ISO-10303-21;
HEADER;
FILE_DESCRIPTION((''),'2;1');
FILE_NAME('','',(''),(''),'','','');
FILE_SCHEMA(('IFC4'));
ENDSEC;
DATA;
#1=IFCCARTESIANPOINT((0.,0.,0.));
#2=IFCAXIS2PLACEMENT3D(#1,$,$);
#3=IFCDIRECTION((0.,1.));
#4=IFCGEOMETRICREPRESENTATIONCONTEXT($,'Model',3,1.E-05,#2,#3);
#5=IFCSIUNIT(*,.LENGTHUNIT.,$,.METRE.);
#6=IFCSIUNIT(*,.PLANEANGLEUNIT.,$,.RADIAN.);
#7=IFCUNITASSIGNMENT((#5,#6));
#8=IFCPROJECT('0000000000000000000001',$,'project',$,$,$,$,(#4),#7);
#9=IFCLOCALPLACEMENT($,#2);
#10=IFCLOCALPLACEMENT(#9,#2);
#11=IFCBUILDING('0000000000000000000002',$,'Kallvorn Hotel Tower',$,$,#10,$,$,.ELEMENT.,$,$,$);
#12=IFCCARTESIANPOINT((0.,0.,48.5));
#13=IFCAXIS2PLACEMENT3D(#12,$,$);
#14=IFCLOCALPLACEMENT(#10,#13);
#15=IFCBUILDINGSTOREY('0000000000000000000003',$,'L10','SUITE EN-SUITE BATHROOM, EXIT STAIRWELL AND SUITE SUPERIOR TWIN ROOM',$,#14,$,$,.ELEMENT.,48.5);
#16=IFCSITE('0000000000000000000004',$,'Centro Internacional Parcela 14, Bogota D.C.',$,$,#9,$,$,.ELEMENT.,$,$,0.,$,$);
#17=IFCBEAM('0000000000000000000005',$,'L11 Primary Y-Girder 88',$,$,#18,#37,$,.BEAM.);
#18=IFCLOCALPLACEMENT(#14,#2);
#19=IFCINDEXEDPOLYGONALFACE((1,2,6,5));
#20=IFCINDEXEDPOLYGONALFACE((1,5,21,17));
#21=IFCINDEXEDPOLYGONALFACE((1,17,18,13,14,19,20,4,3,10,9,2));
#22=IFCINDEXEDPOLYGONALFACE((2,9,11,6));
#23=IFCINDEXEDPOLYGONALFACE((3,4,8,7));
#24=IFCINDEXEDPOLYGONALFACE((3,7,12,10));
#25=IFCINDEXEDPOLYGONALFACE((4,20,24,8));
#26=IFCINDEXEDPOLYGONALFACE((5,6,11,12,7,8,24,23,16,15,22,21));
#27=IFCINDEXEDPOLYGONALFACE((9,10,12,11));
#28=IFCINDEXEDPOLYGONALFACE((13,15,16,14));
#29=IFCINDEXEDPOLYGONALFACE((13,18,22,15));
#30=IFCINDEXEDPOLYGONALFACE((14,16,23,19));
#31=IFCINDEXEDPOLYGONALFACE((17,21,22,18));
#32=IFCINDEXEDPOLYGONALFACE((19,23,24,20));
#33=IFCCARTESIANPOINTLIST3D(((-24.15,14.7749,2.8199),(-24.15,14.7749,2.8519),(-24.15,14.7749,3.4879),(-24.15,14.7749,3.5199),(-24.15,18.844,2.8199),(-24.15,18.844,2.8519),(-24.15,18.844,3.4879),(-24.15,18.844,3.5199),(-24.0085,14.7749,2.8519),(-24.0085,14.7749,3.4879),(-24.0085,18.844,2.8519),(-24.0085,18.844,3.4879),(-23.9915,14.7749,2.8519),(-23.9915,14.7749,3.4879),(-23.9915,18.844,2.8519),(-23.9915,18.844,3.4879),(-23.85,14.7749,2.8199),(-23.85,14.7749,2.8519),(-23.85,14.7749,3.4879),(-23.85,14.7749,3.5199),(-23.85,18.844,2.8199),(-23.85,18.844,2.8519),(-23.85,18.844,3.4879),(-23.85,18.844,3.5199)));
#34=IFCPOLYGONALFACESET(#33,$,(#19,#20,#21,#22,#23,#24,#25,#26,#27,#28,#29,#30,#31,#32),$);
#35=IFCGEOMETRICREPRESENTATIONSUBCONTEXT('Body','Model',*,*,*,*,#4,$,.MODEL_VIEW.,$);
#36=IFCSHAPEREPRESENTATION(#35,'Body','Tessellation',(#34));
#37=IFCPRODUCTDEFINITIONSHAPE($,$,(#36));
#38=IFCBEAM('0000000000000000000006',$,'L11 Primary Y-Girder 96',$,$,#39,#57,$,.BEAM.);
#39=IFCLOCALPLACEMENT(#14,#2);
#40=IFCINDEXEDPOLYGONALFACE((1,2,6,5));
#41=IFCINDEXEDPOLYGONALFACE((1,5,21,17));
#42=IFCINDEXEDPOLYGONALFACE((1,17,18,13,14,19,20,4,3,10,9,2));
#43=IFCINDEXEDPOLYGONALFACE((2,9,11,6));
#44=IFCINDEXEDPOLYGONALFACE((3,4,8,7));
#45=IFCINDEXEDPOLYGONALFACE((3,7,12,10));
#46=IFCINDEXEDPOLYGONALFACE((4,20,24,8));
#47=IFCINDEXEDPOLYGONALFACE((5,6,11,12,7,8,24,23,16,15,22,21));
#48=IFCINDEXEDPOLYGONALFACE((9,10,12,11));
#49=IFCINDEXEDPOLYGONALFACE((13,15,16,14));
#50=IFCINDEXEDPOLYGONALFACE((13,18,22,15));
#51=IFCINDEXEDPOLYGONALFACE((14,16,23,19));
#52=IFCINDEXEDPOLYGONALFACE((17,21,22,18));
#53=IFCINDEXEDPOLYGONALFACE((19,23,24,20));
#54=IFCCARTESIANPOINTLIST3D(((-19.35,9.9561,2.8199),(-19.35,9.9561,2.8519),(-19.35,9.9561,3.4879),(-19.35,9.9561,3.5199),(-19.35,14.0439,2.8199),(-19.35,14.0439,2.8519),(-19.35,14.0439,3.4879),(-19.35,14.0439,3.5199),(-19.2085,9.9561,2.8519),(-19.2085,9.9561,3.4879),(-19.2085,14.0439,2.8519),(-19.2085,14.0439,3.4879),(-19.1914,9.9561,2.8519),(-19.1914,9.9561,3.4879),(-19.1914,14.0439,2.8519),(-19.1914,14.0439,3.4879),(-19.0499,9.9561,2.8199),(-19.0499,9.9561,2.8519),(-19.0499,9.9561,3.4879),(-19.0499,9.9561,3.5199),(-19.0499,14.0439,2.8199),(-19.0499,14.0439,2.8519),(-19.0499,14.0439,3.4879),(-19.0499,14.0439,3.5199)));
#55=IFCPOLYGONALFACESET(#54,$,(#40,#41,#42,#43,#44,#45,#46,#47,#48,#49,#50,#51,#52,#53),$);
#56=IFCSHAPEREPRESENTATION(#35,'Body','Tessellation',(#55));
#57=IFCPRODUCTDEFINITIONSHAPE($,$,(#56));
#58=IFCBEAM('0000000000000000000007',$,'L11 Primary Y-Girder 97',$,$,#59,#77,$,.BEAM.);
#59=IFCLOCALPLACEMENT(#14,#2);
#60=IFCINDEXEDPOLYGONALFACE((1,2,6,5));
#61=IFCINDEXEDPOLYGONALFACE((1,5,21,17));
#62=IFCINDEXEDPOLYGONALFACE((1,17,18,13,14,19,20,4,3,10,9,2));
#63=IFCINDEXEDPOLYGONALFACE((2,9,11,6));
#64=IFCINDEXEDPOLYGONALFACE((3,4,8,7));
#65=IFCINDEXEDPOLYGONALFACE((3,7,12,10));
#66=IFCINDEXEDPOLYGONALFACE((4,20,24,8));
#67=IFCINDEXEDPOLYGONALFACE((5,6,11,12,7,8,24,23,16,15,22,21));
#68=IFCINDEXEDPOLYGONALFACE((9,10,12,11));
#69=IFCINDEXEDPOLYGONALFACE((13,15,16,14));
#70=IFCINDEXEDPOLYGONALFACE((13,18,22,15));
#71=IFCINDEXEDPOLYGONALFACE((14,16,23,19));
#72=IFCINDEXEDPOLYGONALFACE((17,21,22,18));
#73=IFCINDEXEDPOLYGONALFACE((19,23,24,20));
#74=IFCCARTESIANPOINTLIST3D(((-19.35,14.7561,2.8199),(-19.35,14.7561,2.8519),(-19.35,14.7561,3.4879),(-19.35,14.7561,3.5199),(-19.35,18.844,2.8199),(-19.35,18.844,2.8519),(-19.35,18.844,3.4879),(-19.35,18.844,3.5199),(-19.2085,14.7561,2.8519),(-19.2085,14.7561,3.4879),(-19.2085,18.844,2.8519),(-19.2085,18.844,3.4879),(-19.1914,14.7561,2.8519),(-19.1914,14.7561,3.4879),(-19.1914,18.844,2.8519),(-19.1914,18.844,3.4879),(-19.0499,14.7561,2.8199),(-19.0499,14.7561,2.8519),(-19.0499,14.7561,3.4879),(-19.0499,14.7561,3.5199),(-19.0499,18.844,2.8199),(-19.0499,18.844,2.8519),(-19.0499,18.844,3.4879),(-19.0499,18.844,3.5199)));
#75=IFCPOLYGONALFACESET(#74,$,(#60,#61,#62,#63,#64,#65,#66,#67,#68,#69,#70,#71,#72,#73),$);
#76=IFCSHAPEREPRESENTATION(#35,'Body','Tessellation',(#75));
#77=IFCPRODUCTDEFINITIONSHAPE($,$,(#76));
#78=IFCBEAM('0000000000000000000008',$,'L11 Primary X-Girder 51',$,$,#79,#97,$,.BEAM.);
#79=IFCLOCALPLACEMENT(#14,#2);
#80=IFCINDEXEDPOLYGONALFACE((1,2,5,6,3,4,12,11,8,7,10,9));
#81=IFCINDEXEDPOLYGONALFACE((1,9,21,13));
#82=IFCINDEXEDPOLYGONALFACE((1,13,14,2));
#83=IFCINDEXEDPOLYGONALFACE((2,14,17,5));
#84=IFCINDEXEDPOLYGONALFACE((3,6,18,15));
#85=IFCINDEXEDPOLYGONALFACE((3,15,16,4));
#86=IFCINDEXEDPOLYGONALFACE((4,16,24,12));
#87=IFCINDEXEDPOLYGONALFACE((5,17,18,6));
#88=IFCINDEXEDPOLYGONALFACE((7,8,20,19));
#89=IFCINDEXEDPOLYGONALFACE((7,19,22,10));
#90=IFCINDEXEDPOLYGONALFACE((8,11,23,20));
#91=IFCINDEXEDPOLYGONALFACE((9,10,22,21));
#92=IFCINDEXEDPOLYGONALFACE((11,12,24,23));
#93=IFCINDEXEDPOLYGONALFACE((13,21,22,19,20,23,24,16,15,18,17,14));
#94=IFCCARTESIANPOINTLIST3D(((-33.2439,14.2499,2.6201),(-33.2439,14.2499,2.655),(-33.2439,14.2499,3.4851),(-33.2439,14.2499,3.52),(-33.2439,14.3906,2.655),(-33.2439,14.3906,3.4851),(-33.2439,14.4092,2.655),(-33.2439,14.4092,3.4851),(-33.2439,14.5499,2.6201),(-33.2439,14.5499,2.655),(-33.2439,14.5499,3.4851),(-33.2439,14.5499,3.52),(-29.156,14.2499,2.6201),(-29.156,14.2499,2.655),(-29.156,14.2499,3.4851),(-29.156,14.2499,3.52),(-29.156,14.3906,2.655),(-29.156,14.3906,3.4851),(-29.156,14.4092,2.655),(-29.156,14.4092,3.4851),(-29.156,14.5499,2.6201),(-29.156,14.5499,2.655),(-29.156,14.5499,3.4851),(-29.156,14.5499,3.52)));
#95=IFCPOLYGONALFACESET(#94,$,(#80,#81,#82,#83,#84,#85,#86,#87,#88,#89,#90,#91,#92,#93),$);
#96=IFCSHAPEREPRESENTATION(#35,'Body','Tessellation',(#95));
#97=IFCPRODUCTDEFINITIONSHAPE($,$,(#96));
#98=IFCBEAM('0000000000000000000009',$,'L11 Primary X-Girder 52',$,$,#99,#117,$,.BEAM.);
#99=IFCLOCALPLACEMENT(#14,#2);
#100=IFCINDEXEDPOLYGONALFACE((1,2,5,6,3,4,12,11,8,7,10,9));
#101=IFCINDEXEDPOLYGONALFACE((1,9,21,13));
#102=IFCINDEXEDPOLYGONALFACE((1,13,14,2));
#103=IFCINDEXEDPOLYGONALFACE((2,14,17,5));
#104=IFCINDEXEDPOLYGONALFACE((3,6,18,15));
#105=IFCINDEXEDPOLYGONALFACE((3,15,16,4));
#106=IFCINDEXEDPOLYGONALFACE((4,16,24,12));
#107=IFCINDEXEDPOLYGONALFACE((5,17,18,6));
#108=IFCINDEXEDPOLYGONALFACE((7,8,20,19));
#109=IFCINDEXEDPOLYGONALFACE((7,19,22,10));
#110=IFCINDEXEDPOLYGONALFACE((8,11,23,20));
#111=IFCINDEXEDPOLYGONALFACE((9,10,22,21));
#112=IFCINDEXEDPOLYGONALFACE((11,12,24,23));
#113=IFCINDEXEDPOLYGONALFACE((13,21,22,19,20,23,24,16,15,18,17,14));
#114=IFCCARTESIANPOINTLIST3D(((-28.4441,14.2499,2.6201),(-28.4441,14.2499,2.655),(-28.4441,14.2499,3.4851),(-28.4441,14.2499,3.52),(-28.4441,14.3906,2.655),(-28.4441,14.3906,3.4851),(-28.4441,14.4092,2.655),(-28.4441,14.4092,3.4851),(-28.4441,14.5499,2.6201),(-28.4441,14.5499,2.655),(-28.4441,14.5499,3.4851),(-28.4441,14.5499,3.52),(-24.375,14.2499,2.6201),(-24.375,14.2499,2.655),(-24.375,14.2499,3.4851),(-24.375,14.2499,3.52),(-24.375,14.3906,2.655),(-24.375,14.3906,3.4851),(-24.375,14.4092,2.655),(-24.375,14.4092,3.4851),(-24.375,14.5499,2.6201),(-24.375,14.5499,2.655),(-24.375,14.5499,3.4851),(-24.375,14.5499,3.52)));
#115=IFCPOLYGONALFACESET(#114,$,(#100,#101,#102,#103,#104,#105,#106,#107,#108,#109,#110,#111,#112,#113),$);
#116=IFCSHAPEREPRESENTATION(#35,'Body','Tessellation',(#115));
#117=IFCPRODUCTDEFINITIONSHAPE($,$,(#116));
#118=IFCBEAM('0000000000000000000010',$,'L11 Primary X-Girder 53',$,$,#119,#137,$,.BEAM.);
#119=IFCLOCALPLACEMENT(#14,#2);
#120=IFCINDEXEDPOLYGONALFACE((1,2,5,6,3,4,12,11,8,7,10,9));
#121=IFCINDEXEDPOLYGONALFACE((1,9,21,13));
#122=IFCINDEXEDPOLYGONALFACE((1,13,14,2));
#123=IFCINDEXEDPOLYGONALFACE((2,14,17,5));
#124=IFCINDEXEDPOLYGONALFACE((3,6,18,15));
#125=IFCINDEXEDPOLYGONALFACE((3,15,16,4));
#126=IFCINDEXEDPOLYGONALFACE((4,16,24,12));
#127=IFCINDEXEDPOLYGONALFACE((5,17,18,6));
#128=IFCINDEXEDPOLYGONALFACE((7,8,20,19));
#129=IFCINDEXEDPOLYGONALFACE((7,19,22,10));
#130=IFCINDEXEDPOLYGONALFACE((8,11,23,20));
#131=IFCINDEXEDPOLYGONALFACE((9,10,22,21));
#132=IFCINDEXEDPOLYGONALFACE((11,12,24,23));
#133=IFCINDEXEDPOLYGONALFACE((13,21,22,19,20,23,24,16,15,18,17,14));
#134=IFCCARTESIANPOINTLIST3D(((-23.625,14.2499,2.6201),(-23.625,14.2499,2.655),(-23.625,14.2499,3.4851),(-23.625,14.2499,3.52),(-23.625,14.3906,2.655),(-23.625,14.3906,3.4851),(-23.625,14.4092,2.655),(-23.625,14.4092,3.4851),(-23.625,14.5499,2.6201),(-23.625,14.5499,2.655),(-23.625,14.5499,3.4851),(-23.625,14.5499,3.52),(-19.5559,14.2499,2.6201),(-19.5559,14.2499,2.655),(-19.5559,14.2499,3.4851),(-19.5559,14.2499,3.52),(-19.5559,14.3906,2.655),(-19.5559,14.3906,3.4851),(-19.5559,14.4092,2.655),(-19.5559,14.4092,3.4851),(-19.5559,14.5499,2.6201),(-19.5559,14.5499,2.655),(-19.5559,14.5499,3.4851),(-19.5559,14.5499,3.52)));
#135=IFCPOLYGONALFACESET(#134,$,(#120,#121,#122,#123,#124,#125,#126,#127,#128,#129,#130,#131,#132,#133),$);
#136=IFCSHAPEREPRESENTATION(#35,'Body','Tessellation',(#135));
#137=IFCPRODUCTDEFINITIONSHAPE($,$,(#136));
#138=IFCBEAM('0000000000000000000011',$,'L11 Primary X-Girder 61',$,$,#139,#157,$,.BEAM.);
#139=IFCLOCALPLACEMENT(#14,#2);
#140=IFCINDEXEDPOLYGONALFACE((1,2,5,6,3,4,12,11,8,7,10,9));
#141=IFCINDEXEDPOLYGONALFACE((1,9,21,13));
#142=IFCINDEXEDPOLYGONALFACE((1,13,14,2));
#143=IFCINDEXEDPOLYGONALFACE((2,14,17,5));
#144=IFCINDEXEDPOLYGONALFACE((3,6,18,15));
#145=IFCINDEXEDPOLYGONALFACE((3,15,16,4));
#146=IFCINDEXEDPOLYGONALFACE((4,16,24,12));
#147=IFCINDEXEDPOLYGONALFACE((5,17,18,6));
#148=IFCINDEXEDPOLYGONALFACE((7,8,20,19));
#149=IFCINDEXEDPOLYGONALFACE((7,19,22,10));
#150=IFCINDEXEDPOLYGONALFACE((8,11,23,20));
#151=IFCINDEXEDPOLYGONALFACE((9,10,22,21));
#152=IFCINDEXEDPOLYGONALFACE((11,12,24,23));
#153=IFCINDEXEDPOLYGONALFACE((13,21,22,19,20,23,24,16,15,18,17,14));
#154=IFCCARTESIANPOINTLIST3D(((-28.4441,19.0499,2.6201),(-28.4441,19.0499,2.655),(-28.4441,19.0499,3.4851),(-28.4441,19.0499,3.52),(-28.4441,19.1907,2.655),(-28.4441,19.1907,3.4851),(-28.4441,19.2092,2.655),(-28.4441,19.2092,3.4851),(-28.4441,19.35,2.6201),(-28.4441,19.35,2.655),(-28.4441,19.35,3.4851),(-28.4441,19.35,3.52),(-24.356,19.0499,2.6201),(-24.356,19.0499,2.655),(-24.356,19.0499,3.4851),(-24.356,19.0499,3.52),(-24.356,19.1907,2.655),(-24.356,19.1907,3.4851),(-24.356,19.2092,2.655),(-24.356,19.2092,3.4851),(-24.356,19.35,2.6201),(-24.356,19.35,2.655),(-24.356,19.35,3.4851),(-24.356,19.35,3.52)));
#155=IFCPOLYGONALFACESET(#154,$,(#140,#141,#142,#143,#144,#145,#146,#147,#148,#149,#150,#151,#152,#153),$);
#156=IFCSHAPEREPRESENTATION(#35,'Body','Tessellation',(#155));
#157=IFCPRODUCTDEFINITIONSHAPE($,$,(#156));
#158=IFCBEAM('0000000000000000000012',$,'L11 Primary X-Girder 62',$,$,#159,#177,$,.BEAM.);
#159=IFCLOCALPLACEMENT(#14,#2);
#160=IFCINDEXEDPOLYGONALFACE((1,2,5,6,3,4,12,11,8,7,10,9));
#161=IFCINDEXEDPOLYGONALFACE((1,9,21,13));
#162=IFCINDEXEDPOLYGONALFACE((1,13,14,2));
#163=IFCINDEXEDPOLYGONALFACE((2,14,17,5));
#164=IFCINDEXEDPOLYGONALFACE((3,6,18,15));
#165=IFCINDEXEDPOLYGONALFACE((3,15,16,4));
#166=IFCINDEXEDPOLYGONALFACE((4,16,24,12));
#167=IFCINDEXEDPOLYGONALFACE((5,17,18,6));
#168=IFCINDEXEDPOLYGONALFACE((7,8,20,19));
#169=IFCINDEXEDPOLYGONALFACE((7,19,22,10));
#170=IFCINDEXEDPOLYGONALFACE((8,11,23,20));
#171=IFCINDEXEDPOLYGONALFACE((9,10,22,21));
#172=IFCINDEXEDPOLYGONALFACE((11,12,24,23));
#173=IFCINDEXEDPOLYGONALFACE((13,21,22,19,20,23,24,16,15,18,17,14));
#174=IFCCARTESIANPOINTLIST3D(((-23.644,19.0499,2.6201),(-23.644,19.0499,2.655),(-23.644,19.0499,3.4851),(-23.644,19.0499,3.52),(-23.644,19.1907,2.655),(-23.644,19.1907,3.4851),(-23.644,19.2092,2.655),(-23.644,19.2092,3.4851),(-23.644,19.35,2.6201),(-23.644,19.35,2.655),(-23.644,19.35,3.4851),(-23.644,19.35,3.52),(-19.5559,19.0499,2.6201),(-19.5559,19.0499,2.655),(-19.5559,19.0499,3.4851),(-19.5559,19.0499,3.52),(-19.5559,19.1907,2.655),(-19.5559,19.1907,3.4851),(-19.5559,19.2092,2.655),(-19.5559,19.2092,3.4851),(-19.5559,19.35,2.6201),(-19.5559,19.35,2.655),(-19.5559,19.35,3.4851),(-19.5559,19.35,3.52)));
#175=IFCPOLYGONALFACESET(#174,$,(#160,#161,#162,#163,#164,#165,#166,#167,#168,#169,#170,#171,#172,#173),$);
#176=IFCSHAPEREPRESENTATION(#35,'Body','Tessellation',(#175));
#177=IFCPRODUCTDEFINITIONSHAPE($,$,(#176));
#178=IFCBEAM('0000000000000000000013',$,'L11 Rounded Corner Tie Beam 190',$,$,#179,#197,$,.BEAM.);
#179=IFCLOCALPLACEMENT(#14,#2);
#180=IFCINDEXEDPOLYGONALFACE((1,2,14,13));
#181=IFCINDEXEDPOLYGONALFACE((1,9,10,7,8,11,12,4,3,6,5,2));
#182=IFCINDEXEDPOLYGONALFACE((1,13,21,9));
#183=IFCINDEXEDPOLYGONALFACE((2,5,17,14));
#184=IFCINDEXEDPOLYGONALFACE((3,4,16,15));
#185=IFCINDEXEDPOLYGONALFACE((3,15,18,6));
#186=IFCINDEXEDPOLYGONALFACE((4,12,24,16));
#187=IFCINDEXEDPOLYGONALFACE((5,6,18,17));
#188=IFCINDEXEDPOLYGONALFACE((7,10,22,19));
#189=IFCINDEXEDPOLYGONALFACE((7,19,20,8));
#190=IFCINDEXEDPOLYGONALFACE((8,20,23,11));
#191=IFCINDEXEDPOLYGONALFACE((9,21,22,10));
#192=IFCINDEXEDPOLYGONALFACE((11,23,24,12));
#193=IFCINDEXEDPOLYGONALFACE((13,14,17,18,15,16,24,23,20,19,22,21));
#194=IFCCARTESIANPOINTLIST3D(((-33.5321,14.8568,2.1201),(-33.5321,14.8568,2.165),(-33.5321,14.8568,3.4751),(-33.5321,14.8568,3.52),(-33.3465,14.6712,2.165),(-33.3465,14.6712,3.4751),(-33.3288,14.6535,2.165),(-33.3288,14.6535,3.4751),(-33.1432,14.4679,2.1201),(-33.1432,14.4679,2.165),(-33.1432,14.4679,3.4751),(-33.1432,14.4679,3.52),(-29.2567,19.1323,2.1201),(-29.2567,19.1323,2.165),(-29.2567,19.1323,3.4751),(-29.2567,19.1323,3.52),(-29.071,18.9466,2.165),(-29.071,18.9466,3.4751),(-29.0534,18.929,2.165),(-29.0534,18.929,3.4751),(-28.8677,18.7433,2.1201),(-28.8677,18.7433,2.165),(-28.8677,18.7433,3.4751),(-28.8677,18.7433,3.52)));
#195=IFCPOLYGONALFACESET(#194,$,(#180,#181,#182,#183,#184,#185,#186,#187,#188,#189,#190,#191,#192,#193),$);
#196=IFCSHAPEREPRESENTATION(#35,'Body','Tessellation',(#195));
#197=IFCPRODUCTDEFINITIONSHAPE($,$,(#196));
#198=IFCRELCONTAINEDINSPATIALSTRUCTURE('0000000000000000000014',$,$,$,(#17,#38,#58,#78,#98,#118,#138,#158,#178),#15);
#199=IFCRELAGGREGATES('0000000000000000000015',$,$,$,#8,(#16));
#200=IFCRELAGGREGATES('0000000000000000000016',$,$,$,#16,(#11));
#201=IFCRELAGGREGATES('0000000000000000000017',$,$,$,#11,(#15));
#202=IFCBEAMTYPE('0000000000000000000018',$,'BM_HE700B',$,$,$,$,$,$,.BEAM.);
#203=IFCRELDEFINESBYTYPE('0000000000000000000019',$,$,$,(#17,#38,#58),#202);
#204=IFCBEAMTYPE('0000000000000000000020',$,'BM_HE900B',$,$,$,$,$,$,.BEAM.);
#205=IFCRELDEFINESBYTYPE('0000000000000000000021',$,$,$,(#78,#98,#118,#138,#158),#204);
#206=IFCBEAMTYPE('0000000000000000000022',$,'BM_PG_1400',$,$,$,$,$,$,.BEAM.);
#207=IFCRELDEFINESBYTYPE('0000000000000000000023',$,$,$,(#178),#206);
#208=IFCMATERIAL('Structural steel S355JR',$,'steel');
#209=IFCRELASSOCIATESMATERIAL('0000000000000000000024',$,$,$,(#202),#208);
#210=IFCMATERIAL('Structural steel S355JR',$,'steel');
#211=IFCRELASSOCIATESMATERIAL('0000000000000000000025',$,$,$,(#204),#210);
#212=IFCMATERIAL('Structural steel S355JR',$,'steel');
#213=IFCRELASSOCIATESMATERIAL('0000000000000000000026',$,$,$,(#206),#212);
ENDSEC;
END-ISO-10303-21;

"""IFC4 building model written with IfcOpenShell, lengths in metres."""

from ifc_helpers import new_model, si_unit, direction, frame, origin, origin_2d, place, context, subcontext, project, spatial, i_section, extrude, material, material_profile, profile_set, type_object, element, save


model = new_model("IFC4")

# Units and contexts
model_context = context("Model", 3, precision=1e-05, world=origin(), true_north=direction((0.0, 1.0)))
body_context = subcontext(model_context, "Body", "Model", "MODEL_VIEW")
ifc_project = project(units=[si_unit("LENGTHUNIT", "METRE"), si_unit("PLANEANGLEUNIT", "RADIAN")], contexts=[model_context])

# Site, building, storey
site_placement = place(None, origin())
site = spatial("IfcSite", under=ifc_project, at=site_placement, Name="Centro Internacional Parcela 14, Bogota D.C.", CompositionType="ELEMENT", RefElevation=0.0)
building_placement = place(site_placement, origin())
building = spatial("IfcBuilding", under=site, at=building_placement, Name="Kallvorn Hotel Tower", CompositionType="ELEMENT")
storey_placement = place(building_placement, frame((0.0, 0.0, 48.5)))
storey = spatial("IfcBuildingStorey", under=building, at=storey_placement, Name="L10", Description="SUITE EN-SUITE BATHROOM, EXIT STAIRWELL AND SUITE SUPERIOR TWIN ROOM", CompositionType="ELEMENT", Elevation=48.5)

# Beams
ifc_material_1 = material(Name="Structural steel S355JR", Category="steel")
ifc_material_profile_1 = material_profile(ifc_material_1, i_section(OverallWidth=0.3, OverallDepth=0.7, WebThickness=0.0171, FlangeThickness=0.032, at=origin_2d()), Name="HE 700 B")
ifc_profile_set_1 = profile_set([ifc_material_profile_1], Name="Structural steel S355JR")
beam_type_1 = type_object("IfcBeamType", Name="BM_HE700B", PredefinedType="BEAM", material=ifc_profile_set_1)
beam_1_placement = place(storey_placement, frame((-24.0, 14.7749, 3.1699), z_axis=(0.0, 1.0, 0.0), x_axis=(-1.0, 0.0, 0.0)))
element("IfcBeam", 1, at=beam_1_placement, inside=storey, type_object=beam_type_1, Name="L11 Primary Y-Girder 88", PredefinedType="BEAM", context=body_context, shape_type="SweptSolid", body=[
    extrude(i_section(OverallWidth=0.3, OverallDepth=0.7, WebThickness=0.0171, FlangeThickness=0.032, at=origin_2d()), origin(), (0.0, 0.0, 1.0), 4.0691),
])
for number, where, z_axis, x_axis, name in (
    (2, (-19.2, 9.9561, 3.1699), (0.0, 1.0, 0.0), (-1.0, 0.0, 0.0), "L11 Primary Y-Girder 96"),
    (3, (-19.2, 14.7561, 3.1699), (0.0, 1.0, 0.0), (-1.0, 0.0, 0.0), "L11 Primary Y-Girder 97"),
):
    element("IfcBeam", number, at=place(storey_placement, frame(where, z_axis=z_axis, x_axis=x_axis)), inside=storey, type_object=beam_type_1, Name=name, PredefinedType="BEAM", context=body_context, shape_type="SweptSolid", body=[
        extrude(i_section(OverallWidth=0.3, OverallDepth=0.7, WebThickness=0.0171, FlangeThickness=0.032, at=origin_2d()), origin(), (0.0, 0.0, 1.0), 4.0879),
    ])
ifc_material_2 = material(Name="Structural steel S355JR", Category="steel")
ifc_material_profile_2 = material_profile(ifc_material_2, i_section(OverallWidth=0.3, OverallDepth=0.8999, WebThickness=0.0186, FlangeThickness=0.0349, at=origin_2d()), Name="HE 900 B")
ifc_profile_set_2 = profile_set([ifc_material_profile_2], Name="Structural steel S355JR")
beam_type_2 = type_object("IfcBeamType", Name="BM_HE900B", PredefinedType="BEAM", material=ifc_profile_set_2)
beam_2_placement = place(storey_placement, frame((-33.2439, 14.3999, 3.0701), z_axis=(1.0, 0.0, 0.0), x_axis=(0.0, 1.0, 0.0)))
element("IfcBeam", 4, at=beam_2_placement, inside=storey, type_object=beam_type_2, Name="L11 Primary X-Girder 51", PredefinedType="BEAM", context=body_context, shape_type="SweptSolid", body=[
    extrude(i_section(OverallWidth=0.3, OverallDepth=0.8999, WebThickness=0.0186, FlangeThickness=0.0349, at=origin_2d()), origin(), (0.0, 0.0, 1.0), 4.0879),
])
for number, where, z_axis, x_axis, name in (
    (5, (-28.4441, 14.3999, 3.0701), (1.0, 0.0, 0.0), (0.0, 1.0, 0.0), "L11 Primary X-Girder 52"),
    (6, (-23.625, 14.3999, 3.0701), (1.0, 0.0, 0.0), (0.0, 1.0, 0.0), "L11 Primary X-Girder 53"),
):
    element("IfcBeam", number, at=place(storey_placement, frame(where, z_axis=z_axis, x_axis=x_axis)), inside=storey, type_object=beam_type_2, Name=name, PredefinedType="BEAM", context=body_context, shape_type="SweptSolid", body=[
        extrude(i_section(OverallWidth=0.3, OverallDepth=0.8999, WebThickness=0.0186, FlangeThickness=0.0349, at=origin_2d()), origin(), (0.0, 0.0, 1.0), 4.0691),
    ])
for number, where, z_axis, x_axis, name in (
    (7, (-28.4441, 19.2, 3.0701), (1.0, 0.0, 0.0), (0.0, 1.0, 0.0), "L11 Primary X-Girder 61"),
    (8, (-23.644, 19.2, 3.0701), (1.0, 0.0, 0.0), (0.0, 1.0, 0.0), "L11 Primary X-Girder 62"),
):
    element("IfcBeam", number, at=place(storey_placement, frame(where, z_axis=z_axis, x_axis=x_axis)), inside=storey, type_object=beam_type_2, Name=name, PredefinedType="BEAM", context=body_context, shape_type="SweptSolid", body=[
        extrude(i_section(OverallWidth=0.3, OverallDepth=0.8999, WebThickness=0.0186, FlangeThickness=0.0349, at=origin_2d()), origin(), (0.0, 0.0, 1.0), 4.0881),
    ])
ifc_material_3 = material(Name="Structural steel S355JR", Category="steel")
ifc_material_profile_3 = material_profile(ifc_material_3, i_section(OverallWidth=0.55, OverallDepth=1.3999, WebThickness=0.0249, FlangeThickness=0.0449, at=origin_2d()), Name="PG 1400x550x25x45")
ifc_profile_set_3 = profile_set([ifc_material_profile_3], Name="Structural steel S355JR")
beam_type_3 = type_object("IfcBeamType", Name="BM_PG_1400", PredefinedType="BEAM", material=ifc_profile_set_3)
beam_3_placement = place(storey_placement, frame((-33.3376, 14.6624, 2.8201), z_axis=(0.707107, 0.707107, 0.0), x_axis=(-0.707107, 0.707107, 0.0)))
element("IfcBeam", 9, at=beam_3_placement, inside=storey, type_object=beam_type_3, Name="L11 Rounded Corner Tie Beam 190", PredefinedType="BEAM", context=body_context, shape_type="SweptSolid", body=[
    extrude(i_section(OverallWidth=0.55, OverallDepth=1.3999, WebThickness=0.0249, FlangeThickness=0.0449, at=origin_2d()), origin(), (0.0, 0.0, 1.0), 6.0464),
])

save(model, "model.ifc")
